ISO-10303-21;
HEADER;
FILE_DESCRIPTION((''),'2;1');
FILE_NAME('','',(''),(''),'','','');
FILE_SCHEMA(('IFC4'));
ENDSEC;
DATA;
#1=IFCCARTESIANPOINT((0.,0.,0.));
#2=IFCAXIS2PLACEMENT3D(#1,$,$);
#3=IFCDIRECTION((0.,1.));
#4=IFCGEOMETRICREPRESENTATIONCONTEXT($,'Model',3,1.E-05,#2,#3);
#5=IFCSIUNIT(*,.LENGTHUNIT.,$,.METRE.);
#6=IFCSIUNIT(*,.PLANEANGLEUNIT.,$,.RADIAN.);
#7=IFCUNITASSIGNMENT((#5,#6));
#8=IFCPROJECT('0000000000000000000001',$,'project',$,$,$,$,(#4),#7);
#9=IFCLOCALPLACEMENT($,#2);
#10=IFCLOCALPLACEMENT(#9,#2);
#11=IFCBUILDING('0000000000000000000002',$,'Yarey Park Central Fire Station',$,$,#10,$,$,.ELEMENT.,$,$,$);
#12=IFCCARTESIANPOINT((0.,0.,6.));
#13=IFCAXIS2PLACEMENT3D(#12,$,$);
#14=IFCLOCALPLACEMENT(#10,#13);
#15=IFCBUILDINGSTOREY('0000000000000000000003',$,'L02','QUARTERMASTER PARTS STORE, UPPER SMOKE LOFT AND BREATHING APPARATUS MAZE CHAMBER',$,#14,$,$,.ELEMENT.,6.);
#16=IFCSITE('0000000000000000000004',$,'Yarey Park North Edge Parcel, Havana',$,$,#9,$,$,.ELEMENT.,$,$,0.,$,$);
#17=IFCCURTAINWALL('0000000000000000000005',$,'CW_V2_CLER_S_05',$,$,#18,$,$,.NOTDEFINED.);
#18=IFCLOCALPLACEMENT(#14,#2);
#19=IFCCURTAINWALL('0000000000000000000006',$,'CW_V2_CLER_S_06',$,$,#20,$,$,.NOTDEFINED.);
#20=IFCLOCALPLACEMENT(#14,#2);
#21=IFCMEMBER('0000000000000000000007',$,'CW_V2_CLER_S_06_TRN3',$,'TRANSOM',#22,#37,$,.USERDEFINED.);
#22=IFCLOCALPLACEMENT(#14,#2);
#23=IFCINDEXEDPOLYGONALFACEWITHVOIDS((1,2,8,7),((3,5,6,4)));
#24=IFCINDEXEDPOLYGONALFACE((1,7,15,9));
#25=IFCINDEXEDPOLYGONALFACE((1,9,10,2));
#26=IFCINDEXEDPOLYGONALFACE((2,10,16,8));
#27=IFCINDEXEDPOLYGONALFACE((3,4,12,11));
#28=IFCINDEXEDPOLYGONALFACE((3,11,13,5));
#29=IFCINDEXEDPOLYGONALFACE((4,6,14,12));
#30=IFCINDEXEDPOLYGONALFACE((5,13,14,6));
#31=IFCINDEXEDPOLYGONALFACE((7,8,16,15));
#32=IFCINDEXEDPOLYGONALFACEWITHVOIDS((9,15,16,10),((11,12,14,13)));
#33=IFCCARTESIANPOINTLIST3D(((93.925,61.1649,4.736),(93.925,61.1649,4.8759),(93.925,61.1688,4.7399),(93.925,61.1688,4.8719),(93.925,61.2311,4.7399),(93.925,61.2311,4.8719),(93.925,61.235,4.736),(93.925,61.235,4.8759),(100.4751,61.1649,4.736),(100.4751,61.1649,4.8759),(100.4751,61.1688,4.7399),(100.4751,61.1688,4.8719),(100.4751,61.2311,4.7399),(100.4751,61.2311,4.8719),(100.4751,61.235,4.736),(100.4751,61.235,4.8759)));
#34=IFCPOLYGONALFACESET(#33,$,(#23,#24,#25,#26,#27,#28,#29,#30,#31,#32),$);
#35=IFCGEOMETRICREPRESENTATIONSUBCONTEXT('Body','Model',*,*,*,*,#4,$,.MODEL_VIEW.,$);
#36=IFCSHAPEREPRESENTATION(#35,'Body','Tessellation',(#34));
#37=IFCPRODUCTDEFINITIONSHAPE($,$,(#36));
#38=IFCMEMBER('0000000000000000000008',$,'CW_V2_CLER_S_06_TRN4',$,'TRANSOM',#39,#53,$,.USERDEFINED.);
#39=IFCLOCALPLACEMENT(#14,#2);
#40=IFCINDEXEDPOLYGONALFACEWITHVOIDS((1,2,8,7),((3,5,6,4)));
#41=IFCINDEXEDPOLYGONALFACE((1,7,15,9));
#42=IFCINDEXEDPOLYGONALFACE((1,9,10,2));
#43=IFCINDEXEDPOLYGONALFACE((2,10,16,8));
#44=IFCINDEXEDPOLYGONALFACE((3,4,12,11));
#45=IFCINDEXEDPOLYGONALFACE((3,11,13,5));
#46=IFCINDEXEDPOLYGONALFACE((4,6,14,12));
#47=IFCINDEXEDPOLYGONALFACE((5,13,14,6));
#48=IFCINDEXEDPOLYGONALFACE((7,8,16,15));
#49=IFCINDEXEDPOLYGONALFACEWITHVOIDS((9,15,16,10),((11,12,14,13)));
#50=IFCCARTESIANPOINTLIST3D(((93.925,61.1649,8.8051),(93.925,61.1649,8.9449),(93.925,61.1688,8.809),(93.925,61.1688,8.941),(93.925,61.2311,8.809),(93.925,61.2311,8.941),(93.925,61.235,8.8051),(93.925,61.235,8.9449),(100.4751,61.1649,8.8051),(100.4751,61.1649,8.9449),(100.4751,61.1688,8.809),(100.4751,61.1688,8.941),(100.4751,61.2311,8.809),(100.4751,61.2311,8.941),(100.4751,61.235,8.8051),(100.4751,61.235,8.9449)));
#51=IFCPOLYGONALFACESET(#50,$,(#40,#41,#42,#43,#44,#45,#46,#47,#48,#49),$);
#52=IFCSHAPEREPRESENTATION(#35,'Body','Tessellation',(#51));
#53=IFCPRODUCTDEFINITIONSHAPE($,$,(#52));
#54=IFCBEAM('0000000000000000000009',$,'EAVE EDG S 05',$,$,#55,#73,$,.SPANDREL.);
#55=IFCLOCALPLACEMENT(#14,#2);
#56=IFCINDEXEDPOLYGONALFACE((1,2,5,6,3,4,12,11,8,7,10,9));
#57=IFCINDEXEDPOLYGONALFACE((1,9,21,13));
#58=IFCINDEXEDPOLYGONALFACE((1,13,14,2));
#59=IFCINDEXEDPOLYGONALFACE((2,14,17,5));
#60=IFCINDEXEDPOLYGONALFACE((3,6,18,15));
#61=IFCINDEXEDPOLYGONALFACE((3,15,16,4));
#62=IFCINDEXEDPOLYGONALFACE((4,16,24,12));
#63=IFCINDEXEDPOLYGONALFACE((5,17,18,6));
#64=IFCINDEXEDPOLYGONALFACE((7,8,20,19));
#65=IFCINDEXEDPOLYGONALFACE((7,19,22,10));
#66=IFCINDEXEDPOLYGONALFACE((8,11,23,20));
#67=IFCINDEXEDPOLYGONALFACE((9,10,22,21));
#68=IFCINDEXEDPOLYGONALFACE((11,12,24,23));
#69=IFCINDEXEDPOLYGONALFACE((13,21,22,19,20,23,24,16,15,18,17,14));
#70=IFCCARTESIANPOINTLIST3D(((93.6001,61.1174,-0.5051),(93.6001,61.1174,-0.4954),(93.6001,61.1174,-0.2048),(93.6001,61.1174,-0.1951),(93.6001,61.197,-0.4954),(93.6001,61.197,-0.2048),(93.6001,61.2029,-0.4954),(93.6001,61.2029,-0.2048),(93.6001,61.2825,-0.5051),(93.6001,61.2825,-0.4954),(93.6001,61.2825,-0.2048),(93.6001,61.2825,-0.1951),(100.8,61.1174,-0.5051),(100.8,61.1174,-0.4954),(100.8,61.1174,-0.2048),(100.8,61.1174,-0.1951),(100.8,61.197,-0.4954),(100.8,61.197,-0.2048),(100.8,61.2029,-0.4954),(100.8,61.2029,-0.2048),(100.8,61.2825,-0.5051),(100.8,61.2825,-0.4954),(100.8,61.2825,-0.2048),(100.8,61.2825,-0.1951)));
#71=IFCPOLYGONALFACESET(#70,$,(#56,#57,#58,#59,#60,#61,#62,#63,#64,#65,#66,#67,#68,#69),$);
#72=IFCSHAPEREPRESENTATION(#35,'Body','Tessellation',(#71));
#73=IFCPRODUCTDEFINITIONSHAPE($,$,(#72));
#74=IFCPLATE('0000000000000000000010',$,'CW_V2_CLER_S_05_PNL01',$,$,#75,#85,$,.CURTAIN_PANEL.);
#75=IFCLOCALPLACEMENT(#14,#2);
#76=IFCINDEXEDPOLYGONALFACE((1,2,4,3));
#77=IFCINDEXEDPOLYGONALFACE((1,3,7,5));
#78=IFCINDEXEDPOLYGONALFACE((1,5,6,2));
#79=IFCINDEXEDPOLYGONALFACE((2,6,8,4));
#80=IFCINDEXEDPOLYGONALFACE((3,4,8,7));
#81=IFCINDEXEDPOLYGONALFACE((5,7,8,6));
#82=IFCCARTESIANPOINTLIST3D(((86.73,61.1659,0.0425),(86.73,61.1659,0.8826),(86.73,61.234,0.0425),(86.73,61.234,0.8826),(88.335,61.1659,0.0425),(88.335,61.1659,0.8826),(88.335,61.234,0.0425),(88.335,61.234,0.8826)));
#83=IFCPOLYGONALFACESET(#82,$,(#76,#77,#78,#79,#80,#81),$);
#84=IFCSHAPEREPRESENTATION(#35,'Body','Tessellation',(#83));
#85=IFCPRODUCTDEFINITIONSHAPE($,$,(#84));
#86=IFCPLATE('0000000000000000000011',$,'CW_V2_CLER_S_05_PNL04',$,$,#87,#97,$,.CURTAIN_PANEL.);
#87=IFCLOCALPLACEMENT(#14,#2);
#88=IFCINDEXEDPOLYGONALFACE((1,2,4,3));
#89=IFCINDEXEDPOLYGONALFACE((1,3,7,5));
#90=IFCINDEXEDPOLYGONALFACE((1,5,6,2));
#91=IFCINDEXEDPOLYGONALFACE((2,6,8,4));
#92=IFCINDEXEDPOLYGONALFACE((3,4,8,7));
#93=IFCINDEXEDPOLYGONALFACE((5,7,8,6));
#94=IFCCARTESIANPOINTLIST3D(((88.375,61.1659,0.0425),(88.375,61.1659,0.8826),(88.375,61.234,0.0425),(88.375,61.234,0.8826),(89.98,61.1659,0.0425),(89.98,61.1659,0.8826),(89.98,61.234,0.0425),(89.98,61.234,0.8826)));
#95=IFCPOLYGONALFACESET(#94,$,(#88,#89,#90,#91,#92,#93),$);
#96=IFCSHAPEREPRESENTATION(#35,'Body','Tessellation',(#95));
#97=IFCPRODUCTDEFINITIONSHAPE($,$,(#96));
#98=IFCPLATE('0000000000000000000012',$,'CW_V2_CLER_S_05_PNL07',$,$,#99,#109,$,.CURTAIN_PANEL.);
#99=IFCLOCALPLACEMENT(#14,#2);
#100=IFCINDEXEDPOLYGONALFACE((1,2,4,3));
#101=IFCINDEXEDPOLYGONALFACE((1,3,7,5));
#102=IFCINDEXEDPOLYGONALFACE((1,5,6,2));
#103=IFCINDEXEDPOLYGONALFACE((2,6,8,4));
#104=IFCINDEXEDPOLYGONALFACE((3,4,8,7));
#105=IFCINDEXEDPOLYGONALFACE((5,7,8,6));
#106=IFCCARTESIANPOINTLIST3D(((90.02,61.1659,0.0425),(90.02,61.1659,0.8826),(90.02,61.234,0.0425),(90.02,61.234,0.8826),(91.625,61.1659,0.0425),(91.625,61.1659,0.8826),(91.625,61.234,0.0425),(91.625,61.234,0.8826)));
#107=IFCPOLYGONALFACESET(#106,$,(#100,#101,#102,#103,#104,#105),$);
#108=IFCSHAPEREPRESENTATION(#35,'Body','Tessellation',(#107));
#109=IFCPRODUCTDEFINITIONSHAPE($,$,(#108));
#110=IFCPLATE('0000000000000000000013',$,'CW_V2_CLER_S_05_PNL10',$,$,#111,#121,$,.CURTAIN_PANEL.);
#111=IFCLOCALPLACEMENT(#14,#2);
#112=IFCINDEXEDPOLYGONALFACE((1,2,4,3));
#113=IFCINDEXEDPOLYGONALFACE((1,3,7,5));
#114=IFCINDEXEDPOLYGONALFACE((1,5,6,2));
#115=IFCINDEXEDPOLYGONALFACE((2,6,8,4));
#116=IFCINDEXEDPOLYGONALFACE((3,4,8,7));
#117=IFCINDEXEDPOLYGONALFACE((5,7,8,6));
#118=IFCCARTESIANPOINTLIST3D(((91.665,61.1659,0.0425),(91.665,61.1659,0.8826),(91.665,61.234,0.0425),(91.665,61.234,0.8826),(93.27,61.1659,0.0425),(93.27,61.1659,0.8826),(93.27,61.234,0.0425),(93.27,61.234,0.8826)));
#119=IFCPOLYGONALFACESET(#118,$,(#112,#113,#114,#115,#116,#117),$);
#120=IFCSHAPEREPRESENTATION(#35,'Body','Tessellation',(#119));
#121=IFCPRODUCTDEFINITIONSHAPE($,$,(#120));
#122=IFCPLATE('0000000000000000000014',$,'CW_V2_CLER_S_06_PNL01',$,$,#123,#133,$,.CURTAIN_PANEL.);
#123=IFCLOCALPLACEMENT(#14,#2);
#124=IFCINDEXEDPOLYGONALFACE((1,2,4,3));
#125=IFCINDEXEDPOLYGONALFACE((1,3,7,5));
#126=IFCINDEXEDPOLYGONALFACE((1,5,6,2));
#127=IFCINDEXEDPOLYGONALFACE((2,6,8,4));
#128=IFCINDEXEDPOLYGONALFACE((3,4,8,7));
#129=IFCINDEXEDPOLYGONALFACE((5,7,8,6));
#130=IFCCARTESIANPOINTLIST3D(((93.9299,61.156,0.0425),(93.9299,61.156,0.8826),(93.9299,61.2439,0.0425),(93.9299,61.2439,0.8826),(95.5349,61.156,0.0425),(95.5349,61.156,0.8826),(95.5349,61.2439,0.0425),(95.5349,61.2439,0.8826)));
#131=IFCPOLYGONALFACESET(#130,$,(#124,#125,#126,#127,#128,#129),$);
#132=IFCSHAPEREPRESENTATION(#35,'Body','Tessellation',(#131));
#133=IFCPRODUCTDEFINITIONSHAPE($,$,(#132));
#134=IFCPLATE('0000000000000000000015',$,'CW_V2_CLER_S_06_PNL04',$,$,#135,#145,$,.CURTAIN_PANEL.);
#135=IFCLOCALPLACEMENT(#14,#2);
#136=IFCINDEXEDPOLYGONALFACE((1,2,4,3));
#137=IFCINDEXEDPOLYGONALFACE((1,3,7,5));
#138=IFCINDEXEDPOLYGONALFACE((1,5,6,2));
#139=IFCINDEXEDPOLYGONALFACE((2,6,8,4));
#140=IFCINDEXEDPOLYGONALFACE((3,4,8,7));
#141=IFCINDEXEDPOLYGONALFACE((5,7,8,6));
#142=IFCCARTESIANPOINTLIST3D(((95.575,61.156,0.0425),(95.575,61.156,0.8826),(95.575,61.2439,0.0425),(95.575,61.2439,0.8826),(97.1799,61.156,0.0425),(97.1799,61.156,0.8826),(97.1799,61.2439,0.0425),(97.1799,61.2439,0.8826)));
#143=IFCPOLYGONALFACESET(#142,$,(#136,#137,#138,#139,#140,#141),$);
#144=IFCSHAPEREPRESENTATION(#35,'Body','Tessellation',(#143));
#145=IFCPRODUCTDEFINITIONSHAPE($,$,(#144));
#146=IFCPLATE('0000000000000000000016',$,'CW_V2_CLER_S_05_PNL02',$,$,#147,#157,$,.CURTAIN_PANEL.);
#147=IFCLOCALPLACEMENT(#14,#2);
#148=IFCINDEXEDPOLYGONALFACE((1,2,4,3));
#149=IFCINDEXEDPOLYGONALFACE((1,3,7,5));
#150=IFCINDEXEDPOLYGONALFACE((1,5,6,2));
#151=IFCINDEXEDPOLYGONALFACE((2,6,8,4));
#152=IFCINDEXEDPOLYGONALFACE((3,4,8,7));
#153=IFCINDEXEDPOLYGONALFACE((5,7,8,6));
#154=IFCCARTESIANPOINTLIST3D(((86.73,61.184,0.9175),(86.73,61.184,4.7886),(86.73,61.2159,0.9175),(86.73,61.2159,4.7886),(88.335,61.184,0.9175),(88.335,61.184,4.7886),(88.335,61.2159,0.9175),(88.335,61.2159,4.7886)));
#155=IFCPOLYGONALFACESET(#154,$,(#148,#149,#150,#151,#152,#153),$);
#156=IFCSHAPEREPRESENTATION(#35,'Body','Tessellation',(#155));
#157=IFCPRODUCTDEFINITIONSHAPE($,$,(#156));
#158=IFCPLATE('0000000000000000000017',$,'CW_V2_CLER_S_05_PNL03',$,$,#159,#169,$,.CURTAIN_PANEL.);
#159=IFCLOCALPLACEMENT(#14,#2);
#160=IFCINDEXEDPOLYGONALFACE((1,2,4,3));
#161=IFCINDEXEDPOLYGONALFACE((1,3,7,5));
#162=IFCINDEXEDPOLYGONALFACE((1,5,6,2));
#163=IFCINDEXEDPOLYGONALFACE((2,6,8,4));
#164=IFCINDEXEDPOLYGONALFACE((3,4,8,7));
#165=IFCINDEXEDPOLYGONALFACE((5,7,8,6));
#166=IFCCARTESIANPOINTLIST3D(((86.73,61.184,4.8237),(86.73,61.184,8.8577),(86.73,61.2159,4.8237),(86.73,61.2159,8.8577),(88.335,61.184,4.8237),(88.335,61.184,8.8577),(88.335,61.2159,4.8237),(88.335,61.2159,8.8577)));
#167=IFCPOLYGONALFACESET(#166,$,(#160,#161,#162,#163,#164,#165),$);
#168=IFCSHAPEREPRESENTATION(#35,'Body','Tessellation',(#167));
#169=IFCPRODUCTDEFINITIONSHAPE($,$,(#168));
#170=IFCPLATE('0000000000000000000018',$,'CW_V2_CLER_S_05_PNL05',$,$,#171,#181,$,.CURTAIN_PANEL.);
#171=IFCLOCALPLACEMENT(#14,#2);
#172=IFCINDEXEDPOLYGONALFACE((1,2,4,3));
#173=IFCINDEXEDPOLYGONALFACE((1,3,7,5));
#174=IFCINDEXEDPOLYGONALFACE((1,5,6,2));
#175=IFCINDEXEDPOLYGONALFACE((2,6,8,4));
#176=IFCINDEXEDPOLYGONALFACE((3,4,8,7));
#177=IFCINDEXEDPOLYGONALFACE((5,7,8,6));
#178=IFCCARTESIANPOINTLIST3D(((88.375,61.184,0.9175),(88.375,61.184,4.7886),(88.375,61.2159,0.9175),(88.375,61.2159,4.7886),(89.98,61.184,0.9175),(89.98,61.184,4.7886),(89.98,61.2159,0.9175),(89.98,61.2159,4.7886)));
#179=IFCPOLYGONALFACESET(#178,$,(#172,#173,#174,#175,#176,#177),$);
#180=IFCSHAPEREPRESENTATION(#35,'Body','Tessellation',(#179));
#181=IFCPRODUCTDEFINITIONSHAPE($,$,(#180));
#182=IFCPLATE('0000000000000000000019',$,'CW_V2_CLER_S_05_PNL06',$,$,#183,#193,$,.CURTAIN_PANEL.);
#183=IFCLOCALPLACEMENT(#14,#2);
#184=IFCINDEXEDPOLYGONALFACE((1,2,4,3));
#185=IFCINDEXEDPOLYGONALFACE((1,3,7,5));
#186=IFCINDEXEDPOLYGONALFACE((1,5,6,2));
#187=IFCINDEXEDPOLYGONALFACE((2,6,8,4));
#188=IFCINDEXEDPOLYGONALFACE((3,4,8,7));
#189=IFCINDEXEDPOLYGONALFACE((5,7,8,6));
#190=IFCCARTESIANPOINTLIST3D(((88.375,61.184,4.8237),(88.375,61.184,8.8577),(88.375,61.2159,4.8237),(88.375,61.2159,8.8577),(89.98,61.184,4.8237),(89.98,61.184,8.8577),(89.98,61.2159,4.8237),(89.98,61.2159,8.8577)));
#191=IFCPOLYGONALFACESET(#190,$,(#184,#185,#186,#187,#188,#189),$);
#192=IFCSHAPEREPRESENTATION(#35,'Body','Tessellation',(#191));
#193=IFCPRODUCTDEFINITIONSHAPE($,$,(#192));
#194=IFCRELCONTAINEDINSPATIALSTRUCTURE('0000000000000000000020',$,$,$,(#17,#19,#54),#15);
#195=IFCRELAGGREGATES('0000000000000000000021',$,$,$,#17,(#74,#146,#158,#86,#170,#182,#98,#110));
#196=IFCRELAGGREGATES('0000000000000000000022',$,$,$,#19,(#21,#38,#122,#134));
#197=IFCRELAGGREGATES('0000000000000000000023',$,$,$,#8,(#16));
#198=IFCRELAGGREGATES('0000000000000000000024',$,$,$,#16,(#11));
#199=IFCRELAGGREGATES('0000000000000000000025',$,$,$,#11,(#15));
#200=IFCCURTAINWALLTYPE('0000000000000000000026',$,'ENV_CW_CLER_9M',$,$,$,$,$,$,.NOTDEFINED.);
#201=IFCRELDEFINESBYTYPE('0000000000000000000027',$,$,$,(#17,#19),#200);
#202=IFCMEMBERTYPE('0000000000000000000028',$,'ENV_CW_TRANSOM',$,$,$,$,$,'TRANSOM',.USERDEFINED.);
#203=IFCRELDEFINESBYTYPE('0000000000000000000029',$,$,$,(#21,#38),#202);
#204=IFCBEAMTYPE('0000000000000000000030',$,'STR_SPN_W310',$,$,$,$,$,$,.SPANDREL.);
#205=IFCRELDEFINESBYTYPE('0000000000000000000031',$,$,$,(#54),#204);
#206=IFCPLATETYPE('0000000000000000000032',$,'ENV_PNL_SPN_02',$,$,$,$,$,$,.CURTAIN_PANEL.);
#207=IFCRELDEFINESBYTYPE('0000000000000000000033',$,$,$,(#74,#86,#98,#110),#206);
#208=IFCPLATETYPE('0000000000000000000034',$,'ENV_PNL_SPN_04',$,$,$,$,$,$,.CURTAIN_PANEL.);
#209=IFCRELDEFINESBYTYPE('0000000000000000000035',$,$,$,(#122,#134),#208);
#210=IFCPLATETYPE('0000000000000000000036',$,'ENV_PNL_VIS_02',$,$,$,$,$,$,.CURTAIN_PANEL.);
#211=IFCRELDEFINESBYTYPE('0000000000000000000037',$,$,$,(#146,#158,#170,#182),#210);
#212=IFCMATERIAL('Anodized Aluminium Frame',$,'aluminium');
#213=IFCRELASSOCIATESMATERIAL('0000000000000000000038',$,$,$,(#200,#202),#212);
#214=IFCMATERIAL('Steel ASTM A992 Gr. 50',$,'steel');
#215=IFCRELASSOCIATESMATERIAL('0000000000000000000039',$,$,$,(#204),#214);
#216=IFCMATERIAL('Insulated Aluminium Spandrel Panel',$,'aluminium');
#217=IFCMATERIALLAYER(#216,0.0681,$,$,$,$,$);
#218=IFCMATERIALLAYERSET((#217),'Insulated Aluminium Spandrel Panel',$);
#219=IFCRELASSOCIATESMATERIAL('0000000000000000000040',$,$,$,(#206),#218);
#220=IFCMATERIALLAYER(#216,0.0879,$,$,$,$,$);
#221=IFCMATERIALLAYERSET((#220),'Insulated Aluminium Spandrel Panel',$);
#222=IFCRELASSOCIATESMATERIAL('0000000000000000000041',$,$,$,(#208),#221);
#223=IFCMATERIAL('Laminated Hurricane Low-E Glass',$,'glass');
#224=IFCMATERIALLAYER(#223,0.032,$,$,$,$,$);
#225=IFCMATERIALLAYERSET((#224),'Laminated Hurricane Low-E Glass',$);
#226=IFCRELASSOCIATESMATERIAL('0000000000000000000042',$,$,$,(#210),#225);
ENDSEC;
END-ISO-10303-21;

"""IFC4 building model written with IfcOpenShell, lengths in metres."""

from ifc_helpers import new_model, si_unit, direction, frame, origin, origin_2d, place, context, subcontext, project, spatial, rectangle, hollow_rectangle, i_section, extrude, material, layer, layer_set, material_profile, profile_set, type_object, element, aggregate, save


model = new_model("IFC4")

# Units and contexts
model_context = context("Model", 3, precision=1e-05, world=origin(), true_north=direction((0.0, 1.0)))
body_context = subcontext(model_context, "Body", "Model", "MODEL_VIEW")
ifc_project = project(units=[si_unit("LENGTHUNIT", "METRE"), si_unit("PLANEANGLEUNIT", "RADIAN")], contexts=[model_context])

# Site, building, storey
site_placement = place(None, origin())
site = spatial("IfcSite", under=ifc_project, at=site_placement, Name="Yarey Park North Edge Parcel, Havana", CompositionType="ELEMENT", RefElevation=0.0)
building_placement = place(site_placement, origin())
building = spatial("IfcBuilding", under=site, at=building_placement, Name="Yarey Park Central Fire Station", CompositionType="ELEMENT")
storey_placement = place(building_placement, frame((0.0, 0.0, 6.0)))
storey = spatial("IfcBuildingStorey", under=building, at=storey_placement, Name="L02", Description="QUARTERMASTER PARTS STORE, UPPER SMOKE LOFT AND BREATHING APPARATUS MAZE CHAMBER", CompositionType="ELEMENT", Elevation=6.0)

# Curtain walls
ifc_material_1 = material(Name="Anodized Aluminium Frame", Category="aluminium")
curtain_wall_type = type_object("IfcCurtainWallType", Name="ENV_CW_CLER_9M", PredefinedType="NOTDEFINED", material=ifc_material_1)
curtain_wall_1_placement = place(storey_placement, origin())
curtain_wall_1 = element("IfcCurtainWall", 1, at=curtain_wall_1_placement, inside=storey, type_object=curtain_wall_type, Name="CW_V2_CLER_S_05", PredefinedType="NOTDEFINED")
curtain_wall_2_placement = place(storey_placement, origin())
curtain_wall_2 = element("IfcCurtainWall", 2, at=curtain_wall_2_placement, inside=storey, type_object=curtain_wall_type, Name="CW_V2_CLER_S_06", PredefinedType="NOTDEFINED")

# Members
ifc_material_profile_1 = material_profile(ifc_material_1, hollow_rectangle(XDim=0.0701, YDim=0.1399, WallThickness=0.0039, at=origin_2d()), Name="ALU 140x70x4")
ifc_profile_set_1 = profile_set([ifc_material_profile_1], Name="Anodized Aluminium Frame")
member_type_1 = type_object("IfcMemberType", Name="ENV_CW_TRANSOM", ElementType="TRANSOM", PredefinedType="USERDEFINED", material=ifc_profile_set_1)
member_1_placement = place(storey_placement, frame((93.925, 61.2, 4.8059), z_axis=(1.0, 0.0, 0.0), x_axis=(0.0, 1.0, 0.0)))
member_1 = element("IfcMember", 3, at=member_1_placement, type_object=member_type_1, Name="CW_V2_CLER_S_06_TRN3", ObjectType="TRANSOM", PredefinedType="USERDEFINED", context=body_context, shape_type="SweptSolid", body=[
    extrude(hollow_rectangle(XDim=0.0701, YDim=0.1399, WallThickness=0.0039, at=origin_2d()), origin(), (0.0, 0.0, 1.0), 6.55),
])
member_2_placement = place(storey_placement, frame((93.925, 61.2, 8.875), z_axis=(1.0, 0.0, 0.0), x_axis=(0.0, 1.0, 0.0)))
member_2 = element("IfcMember", 4, at=member_2_placement, type_object=member_type_1, Name="CW_V2_CLER_S_06_TRN4", ObjectType="TRANSOM", PredefinedType="USERDEFINED", context=body_context, shape_type="SweptSolid", body=[
    extrude(hollow_rectangle(XDim=0.0701, YDim=0.1399, WallThickness=0.0039, at=origin_2d()), origin(), (0.0, 0.0, 1.0), 6.55),
])

# Beam
ifc_material_2 = material(Name="Steel ASTM A992 Gr. 50", Category="steel")
ifc_material_profile_2 = material_profile(ifc_material_2, i_section(OverallWidth=0.165, OverallDepth=0.3101, WebThickness=0.0059, FlangeThickness=0.0098, at=origin_2d()), Name="W310x39")
ifc_profile_set_2 = profile_set([ifc_material_profile_2], Name="Steel ASTM A992 Gr. 50")
beam_type = type_object("IfcBeamType", Name="STR_SPN_W310", PredefinedType="SPANDREL", material=ifc_profile_set_2)
beam_placement = place(storey_placement, frame((93.6001, 61.2, -0.3501), z_axis=(1.0, 0.0, 0.0), x_axis=(0.0, 1.0, 0.0)))
element("IfcBeam", 5, at=beam_placement, inside=storey, type_object=beam_type, Name="EAVE EDG S 05", PredefinedType="SPANDREL", context=body_context, shape_type="SweptSolid", body=[
    extrude(i_section(OverallWidth=0.165, OverallDepth=0.3101, WebThickness=0.0059, FlangeThickness=0.0098, at=origin_2d()), origin(), (0.0, 0.0, 1.0), 7.2),
])

# Plates
ifc_material_3 = material(Name="Insulated Aluminium Spandrel Panel", Category="aluminium")
ifc_layer_1 = layer(ifc_material_3, 0.0681)
ifc_layer_set_1 = layer_set([ifc_layer_1], Name="Insulated Aluminium Spandrel Panel")
plate_type_1 = type_object("IfcPlateType", Name="ENV_PNL_SPN_02", PredefinedType="CURTAIN_PANEL", material=ifc_layer_set_1)
plate_1_placement = place(storey_placement, frame((87.5325, 61.2, 0.0425), z_axis=(0.0, 0.0, 1.0), x_axis=(1.0, 0.0, 0.0)))
plate_1 = element("IfcPlate", 6, at=plate_1_placement, type_object=plate_type_1, Name="CW_V2_CLER_S_05_PNL01", PredefinedType="CURTAIN_PANEL", context=body_context, shape_type="SweptSolid", body=[
    extrude(rectangle(XDim=1.605, YDim=0.0681, at=origin_2d()), origin(), (0.0, 0.0, 1.0), 0.8401),
])
plate_2_placement = place(storey_placement, frame((89.1775, 61.2, 0.0425), z_axis=(0.0, 0.0, 1.0), x_axis=(1.0, 0.0, 0.0)))
plate_2 = element("IfcPlate", 7, at=plate_2_placement, type_object=plate_type_1, Name="CW_V2_CLER_S_05_PNL04", PredefinedType="CURTAIN_PANEL", context=body_context, shape_type="SweptSolid", body=[
    extrude(rectangle(XDim=1.605, YDim=0.0681, at=origin_2d()), origin(), (0.0, 0.0, 1.0), 0.8401),
])
plate_3_placement = place(storey_placement, frame((90.8225, 61.2, 0.0425), z_axis=(0.0, 0.0, 1.0), x_axis=(1.0, 0.0, 0.0)))
plate_3 = element("IfcPlate", 8, at=plate_3_placement, type_object=plate_type_1, Name="CW_V2_CLER_S_05_PNL07", PredefinedType="CURTAIN_PANEL", context=body_context, shape_type="SweptSolid", body=[
    extrude(rectangle(XDim=1.605, YDim=0.0681, at=origin_2d()), origin(), (0.0, 0.0, 1.0), 0.8401),
])
plate_4_placement = place(storey_placement, frame((92.4675, 61.2, 0.0425), z_axis=(0.0, 0.0, 1.0), x_axis=(1.0, 0.0, 0.0)))
plate_4 = element("IfcPlate", 9, at=plate_4_placement, type_object=plate_type_1, Name="CW_V2_CLER_S_05_PNL10", PredefinedType="CURTAIN_PANEL", context=body_context, shape_type="SweptSolid", body=[
    extrude(rectangle(XDim=1.605, YDim=0.0681, at=origin_2d()), origin(), (0.0, 0.0, 1.0), 0.8401),
])
ifc_layer_2 = layer(ifc_material_3, 0.0879)
ifc_layer_set_2 = layer_set([ifc_layer_2], Name="Insulated Aluminium Spandrel Panel")
plate_type_2 = type_object("IfcPlateType", Name="ENV_PNL_SPN_04", PredefinedType="CURTAIN_PANEL", material=ifc_layer_set_2)
plate_5_placement = place(storey_placement, frame((94.7324, 61.2, 0.0425), z_axis=(0.0, 0.0, 1.0), x_axis=(1.0, 0.0, 0.0)))
plate_5 = element("IfcPlate", 10, at=plate_5_placement, type_object=plate_type_2, Name="CW_V2_CLER_S_06_PNL01", PredefinedType="CURTAIN_PANEL", context=body_context, shape_type="SweptSolid", body=[
    extrude(rectangle(XDim=1.605, YDim=0.0879, at=origin_2d()), origin(), (0.0, 0.0, 1.0), 0.8401),
])
plate_6_placement = place(storey_placement, frame((96.3774, 61.2, 0.0425), z_axis=(0.0, 0.0, 1.0), x_axis=(1.0, 0.0, 0.0)))
plate_6 = element("IfcPlate", 11, at=plate_6_placement, type_object=plate_type_2, Name="CW_V2_CLER_S_06_PNL04", PredefinedType="CURTAIN_PANEL", context=body_context, shape_type="SweptSolid", body=[
    extrude(rectangle(XDim=1.605, YDim=0.0879, at=origin_2d()), origin(), (0.0, 0.0, 1.0), 0.8401),
])
ifc_material_4 = material(Name="Laminated Hurricane Low-E Glass", Category="glass")
ifc_layer_3 = layer(ifc_material_4, 0.032)
ifc_layer_set_3 = layer_set([ifc_layer_3], Name="Laminated Hurricane Low-E Glass")
plate_type_3 = type_object("IfcPlateType", Name="ENV_PNL_VIS_02", PredefinedType="CURTAIN_PANEL", material=ifc_layer_set_3)
plate_7_placement = place(storey_placement, frame((87.5325, 61.2, 0.9175), z_axis=(0.0, 0.0, 1.0), x_axis=(1.0, 0.0, 0.0)))
plate_7 = element("IfcPlate", 12, at=plate_7_placement, type_object=plate_type_3, Name="CW_V2_CLER_S_05_PNL02", PredefinedType="CURTAIN_PANEL", context=body_context, shape_type="SweptSolid", body=[
    extrude(rectangle(XDim=1.605, YDim=0.032, at=origin_2d()), origin(), (0.0, 0.0, 1.0), 3.8711),
])
plate_8_placement = place(storey_placement, frame((87.5325, 61.2, 4.8237), z_axis=(0.0, 0.0, 1.0), x_axis=(1.0, 0.0, 0.0)))
plate_8 = element("IfcPlate", 13, at=plate_8_placement, type_object=plate_type_3, Name="CW_V2_CLER_S_05_PNL03", PredefinedType="CURTAIN_PANEL", context=body_context, shape_type="SweptSolid", body=[
    extrude(rectangle(XDim=1.605, YDim=0.032, at=origin_2d()), origin(), (0.0, 0.0, 1.0), 4.0339),
])
plate_9_placement = place(storey_placement, frame((89.1775, 61.2, 0.9175), z_axis=(0.0, 0.0, 1.0), x_axis=(1.0, 0.0, 0.0)))
plate_9 = element("IfcPlate", 14, at=plate_9_placement, type_object=plate_type_3, Name="CW_V2_CLER_S_05_PNL05", PredefinedType="CURTAIN_PANEL", context=body_context, shape_type="SweptSolid", body=[
    extrude(rectangle(XDim=1.605, YDim=0.032, at=origin_2d()), origin(), (0.0, 0.0, 1.0), 3.8711),
])
plate_10_placement = place(storey_placement, frame((89.1775, 61.2, 4.8237), z_axis=(0.0, 0.0, 1.0), x_axis=(1.0, 0.0, 0.0)))
plate_10 = element("IfcPlate", 15, at=plate_10_placement, type_object=plate_type_3, Name="CW_V2_CLER_S_05_PNL06", PredefinedType="CURTAIN_PANEL", context=body_context, shape_type="SweptSolid", body=[
    extrude(rectangle(XDim=1.605, YDim=0.032, at=origin_2d()), origin(), (0.0, 0.0, 1.0), 4.0339),
])
aggregate(curtain_wall_1, [plate_1, plate_7, plate_8, plate_2, plate_9, plate_10, plate_3, plate_4])
aggregate(curtain_wall_2, [member_1, member_2, plate_5, plate_6])

save(model, "model.ifc")
